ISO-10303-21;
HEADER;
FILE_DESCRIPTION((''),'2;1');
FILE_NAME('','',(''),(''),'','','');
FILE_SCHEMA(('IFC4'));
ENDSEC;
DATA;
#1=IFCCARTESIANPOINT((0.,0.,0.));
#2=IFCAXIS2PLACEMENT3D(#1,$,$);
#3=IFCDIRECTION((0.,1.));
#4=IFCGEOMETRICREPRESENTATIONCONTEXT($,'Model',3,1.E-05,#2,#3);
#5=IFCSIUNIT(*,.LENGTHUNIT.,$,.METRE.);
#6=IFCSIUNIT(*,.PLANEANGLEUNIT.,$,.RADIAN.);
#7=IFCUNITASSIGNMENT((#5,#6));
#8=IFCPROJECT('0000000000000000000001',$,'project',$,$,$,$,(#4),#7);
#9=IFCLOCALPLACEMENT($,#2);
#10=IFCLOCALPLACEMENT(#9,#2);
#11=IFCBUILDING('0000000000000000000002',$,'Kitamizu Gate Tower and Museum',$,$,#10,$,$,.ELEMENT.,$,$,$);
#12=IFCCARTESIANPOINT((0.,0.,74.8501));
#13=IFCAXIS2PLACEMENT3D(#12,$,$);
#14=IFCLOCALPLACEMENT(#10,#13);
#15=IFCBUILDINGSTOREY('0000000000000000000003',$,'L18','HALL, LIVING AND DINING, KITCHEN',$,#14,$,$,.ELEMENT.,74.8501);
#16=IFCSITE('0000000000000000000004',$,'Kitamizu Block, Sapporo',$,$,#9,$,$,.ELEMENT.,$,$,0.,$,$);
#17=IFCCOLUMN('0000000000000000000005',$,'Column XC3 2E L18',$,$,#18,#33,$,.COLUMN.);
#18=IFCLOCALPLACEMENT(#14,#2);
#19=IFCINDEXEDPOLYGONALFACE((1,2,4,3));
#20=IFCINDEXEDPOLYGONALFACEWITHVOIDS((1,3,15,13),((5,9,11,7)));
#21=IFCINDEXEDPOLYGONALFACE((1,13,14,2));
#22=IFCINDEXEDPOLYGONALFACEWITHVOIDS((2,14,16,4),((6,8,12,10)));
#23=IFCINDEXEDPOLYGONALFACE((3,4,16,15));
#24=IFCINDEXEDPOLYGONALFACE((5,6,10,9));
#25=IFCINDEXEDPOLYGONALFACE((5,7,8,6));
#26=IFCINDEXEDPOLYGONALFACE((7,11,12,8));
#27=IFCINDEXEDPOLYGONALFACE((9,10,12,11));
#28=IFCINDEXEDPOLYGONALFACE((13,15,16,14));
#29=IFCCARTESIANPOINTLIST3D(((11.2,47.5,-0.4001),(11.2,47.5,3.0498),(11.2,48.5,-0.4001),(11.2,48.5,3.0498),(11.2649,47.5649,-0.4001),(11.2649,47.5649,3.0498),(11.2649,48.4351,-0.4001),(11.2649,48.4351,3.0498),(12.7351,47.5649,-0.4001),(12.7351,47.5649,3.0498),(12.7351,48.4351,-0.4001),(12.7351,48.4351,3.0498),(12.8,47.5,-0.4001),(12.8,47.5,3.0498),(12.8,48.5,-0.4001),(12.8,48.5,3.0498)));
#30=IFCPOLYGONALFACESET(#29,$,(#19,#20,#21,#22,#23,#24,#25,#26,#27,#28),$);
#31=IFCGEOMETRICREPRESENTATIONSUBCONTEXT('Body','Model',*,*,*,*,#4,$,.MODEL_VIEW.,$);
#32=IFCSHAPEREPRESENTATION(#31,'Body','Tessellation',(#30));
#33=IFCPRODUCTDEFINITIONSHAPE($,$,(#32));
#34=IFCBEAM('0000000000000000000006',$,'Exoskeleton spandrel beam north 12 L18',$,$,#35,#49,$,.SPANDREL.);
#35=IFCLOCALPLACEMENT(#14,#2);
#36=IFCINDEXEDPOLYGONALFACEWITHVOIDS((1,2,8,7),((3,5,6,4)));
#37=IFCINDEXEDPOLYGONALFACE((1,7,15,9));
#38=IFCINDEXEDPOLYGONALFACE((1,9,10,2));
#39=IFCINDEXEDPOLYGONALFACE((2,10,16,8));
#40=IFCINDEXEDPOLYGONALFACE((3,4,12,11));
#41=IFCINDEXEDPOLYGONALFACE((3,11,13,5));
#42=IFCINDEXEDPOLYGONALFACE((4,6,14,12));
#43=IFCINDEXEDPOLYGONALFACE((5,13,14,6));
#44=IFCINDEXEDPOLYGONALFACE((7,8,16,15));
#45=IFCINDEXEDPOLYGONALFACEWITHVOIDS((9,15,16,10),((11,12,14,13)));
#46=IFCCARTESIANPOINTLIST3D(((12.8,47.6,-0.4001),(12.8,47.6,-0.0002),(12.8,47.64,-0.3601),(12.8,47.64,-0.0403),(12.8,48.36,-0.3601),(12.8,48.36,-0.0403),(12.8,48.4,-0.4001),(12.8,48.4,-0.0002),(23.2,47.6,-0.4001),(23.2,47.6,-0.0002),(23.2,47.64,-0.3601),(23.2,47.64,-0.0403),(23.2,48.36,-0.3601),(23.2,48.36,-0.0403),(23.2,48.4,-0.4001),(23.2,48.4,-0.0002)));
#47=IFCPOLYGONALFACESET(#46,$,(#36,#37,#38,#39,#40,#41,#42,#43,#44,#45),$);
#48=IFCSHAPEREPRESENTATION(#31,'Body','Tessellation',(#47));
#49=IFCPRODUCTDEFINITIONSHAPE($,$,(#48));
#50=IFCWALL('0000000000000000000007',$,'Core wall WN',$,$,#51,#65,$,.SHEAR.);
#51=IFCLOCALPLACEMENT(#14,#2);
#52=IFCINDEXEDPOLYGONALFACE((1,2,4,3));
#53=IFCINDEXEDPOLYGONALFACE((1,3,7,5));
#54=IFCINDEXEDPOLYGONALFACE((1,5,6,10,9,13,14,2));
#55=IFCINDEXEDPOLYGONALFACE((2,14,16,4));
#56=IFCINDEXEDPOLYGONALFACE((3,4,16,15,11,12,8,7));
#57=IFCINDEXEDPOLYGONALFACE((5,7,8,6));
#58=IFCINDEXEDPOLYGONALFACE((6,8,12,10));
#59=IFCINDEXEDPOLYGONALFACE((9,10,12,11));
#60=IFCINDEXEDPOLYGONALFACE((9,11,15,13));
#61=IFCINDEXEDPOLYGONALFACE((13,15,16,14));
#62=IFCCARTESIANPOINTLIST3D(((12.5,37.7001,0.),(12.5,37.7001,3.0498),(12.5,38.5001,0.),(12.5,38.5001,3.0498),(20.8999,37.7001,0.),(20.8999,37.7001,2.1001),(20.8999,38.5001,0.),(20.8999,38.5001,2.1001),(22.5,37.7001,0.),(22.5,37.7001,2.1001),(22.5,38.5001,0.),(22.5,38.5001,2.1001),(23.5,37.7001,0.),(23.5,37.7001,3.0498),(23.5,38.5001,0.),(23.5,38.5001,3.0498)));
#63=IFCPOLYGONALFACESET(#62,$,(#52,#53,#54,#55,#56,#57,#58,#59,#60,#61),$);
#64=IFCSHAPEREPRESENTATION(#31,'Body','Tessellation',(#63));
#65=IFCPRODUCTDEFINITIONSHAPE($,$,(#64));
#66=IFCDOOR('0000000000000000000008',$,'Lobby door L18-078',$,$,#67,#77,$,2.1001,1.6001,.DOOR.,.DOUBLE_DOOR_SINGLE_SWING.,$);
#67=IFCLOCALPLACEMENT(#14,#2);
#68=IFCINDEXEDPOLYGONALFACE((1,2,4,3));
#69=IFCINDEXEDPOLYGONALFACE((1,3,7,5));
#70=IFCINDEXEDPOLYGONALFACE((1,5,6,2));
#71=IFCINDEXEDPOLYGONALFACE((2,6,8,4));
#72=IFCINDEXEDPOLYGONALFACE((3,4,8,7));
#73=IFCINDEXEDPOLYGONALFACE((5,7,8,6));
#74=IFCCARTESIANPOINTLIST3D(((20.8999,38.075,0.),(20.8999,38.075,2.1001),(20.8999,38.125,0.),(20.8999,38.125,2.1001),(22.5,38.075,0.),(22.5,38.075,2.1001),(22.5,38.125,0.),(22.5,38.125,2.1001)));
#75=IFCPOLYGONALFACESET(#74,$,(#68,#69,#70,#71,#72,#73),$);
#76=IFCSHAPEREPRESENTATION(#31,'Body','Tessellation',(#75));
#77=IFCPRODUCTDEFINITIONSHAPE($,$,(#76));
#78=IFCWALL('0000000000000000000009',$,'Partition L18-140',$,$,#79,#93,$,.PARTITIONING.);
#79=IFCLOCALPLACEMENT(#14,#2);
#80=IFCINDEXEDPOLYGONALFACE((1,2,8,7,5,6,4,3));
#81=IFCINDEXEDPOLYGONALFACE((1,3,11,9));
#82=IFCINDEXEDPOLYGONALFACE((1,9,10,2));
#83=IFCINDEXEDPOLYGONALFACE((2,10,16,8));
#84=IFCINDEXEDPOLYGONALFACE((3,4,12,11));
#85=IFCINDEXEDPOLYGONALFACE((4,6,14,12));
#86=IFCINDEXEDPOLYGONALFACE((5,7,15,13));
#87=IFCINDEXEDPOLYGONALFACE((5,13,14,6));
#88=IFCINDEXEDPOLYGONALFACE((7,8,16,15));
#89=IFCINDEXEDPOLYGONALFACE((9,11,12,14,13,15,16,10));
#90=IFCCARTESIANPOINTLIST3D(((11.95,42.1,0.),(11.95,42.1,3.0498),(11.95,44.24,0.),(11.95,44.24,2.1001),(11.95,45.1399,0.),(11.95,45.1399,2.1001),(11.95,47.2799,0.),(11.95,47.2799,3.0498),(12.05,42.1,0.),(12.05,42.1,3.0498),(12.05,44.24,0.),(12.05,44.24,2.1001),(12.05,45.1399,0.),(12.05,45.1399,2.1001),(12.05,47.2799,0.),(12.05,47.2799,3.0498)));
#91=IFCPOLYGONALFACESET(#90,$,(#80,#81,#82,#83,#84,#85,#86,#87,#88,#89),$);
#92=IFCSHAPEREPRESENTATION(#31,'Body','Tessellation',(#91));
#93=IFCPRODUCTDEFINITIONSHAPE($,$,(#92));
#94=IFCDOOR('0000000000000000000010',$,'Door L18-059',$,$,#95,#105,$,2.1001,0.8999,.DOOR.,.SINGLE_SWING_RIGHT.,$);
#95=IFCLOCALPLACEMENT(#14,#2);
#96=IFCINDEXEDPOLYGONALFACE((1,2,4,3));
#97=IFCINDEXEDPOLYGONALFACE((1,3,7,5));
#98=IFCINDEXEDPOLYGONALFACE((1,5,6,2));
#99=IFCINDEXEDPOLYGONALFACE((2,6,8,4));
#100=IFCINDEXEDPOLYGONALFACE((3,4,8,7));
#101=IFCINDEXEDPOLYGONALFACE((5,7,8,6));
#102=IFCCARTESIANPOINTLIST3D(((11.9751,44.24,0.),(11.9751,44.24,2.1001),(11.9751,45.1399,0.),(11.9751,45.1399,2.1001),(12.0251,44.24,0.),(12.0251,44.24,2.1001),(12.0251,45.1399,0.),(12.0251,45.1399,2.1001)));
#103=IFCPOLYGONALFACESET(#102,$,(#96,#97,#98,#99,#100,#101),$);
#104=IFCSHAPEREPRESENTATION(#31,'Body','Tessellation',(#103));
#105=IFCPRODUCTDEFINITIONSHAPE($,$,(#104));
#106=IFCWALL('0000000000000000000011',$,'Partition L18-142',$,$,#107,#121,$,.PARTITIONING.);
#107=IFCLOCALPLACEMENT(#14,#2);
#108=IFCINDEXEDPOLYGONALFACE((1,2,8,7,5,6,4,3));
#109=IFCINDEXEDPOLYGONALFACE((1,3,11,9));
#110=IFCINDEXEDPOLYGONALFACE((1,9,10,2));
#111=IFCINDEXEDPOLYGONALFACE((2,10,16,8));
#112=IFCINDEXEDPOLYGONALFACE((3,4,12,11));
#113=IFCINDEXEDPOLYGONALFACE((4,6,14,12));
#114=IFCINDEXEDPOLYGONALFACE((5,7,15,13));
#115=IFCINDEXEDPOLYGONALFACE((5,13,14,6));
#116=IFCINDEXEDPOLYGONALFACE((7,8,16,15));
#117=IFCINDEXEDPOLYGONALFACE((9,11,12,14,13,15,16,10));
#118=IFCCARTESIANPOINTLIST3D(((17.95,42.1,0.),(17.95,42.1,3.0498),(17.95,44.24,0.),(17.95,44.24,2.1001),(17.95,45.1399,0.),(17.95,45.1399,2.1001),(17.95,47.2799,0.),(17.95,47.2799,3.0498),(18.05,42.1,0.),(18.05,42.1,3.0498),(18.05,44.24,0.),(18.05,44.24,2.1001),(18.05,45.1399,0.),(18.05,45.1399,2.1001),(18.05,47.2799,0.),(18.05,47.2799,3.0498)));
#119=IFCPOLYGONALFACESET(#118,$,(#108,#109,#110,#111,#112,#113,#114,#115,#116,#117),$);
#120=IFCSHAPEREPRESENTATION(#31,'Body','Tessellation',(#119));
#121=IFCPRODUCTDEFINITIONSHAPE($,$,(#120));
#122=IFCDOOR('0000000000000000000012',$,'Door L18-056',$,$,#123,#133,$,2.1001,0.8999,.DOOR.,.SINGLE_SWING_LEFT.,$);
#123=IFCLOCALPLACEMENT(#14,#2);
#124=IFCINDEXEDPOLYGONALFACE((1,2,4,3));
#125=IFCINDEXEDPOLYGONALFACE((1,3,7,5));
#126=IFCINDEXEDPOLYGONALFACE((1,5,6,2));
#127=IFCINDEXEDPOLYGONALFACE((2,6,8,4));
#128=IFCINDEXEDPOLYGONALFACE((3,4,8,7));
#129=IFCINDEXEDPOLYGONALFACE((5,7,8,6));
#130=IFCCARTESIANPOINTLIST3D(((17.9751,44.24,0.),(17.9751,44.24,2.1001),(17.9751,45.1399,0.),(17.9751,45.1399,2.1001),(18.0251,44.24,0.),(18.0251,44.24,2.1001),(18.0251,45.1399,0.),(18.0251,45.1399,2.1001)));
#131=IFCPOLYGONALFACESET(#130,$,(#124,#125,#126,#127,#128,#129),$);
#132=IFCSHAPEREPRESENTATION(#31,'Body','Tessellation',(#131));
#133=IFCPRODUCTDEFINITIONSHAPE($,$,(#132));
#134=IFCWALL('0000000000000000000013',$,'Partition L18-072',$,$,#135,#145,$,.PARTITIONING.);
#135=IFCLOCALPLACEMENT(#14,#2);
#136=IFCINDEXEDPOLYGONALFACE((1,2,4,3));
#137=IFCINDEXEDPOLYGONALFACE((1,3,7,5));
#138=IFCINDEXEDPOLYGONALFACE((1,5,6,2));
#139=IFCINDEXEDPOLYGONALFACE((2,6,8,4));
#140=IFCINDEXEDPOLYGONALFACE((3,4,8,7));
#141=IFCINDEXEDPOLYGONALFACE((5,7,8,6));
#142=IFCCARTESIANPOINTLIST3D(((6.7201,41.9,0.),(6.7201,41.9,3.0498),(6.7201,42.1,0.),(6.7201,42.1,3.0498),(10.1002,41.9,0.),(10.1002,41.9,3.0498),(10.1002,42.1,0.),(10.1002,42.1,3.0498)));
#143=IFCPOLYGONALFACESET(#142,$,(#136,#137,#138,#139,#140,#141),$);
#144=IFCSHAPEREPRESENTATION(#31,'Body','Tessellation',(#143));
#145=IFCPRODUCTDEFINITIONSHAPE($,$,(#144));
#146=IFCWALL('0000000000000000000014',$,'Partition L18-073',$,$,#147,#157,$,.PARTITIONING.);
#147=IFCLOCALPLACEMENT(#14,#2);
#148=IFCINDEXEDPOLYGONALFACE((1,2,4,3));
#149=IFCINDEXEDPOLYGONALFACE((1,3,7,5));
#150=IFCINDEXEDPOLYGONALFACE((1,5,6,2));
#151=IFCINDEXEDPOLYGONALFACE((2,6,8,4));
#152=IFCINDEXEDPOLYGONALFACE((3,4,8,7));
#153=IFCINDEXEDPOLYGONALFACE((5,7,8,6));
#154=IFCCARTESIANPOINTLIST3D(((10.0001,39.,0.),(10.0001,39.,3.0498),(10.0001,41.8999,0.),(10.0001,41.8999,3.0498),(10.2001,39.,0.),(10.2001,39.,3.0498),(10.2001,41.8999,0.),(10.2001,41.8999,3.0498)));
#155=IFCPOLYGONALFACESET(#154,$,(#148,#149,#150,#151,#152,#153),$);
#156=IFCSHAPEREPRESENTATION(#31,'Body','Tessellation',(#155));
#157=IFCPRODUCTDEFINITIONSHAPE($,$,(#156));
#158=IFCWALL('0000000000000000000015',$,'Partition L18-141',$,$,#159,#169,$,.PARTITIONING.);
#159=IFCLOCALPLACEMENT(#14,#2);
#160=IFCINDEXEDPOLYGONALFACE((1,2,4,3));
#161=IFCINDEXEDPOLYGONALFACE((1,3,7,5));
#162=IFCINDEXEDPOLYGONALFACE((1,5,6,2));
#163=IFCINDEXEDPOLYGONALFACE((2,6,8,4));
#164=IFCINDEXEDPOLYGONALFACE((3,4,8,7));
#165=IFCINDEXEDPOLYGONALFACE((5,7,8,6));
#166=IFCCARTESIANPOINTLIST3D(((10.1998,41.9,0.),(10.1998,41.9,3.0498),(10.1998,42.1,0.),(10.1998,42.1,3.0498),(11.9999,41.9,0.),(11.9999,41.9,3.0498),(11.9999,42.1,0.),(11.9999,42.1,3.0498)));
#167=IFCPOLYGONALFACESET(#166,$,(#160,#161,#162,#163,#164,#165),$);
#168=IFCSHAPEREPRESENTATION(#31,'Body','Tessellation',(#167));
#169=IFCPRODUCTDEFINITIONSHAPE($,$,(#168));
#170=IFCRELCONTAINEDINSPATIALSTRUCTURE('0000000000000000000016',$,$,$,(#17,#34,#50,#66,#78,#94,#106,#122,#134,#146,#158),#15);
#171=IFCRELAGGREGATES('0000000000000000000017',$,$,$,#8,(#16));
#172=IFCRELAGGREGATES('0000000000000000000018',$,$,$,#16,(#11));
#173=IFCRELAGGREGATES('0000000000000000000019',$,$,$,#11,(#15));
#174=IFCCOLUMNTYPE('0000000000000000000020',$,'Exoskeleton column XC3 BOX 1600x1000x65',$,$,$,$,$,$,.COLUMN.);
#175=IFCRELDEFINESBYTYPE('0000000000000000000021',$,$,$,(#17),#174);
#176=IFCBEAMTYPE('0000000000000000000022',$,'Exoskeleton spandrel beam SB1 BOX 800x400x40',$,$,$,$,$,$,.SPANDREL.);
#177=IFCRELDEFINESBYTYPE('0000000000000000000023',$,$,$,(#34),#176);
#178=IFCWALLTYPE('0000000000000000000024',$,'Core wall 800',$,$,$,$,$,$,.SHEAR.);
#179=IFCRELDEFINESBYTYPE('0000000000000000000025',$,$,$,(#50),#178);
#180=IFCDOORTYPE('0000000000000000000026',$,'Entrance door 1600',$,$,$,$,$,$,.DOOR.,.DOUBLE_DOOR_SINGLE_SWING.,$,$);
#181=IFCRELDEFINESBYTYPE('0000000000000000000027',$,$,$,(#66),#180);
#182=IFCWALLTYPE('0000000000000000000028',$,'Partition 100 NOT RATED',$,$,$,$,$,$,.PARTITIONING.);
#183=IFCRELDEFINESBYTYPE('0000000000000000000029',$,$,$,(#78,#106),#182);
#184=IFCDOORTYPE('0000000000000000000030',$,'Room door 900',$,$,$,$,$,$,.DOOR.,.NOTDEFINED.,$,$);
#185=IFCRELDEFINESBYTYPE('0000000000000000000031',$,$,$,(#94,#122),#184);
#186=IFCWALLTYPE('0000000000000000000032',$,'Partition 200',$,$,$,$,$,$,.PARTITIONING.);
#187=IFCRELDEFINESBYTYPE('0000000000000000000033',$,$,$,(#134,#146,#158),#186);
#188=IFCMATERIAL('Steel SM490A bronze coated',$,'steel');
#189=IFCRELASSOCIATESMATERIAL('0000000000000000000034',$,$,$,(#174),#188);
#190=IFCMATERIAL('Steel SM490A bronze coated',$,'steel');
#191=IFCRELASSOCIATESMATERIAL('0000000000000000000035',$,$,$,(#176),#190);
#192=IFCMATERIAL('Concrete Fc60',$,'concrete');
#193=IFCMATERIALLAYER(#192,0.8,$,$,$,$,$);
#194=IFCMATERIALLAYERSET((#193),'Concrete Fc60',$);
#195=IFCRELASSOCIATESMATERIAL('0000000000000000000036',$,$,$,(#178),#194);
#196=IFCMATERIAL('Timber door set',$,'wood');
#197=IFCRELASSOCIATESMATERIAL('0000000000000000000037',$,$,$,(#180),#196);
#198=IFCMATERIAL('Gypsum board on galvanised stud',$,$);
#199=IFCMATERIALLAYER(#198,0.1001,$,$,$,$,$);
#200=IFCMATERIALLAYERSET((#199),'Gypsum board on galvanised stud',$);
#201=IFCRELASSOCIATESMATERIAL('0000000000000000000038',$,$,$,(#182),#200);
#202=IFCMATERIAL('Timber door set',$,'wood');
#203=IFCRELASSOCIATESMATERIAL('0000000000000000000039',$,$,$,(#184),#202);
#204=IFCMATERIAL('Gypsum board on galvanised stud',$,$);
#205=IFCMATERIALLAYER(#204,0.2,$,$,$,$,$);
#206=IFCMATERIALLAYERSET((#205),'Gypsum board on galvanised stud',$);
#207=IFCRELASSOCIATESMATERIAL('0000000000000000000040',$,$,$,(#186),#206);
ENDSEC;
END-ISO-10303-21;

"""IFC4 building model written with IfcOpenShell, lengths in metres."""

from ifc_helpers import new_model, si_unit, direction, frame, frame_2d, origin, origin_2d, place, context, subcontext, project, spatial, rectangle, hollow_rectangle, extrude, material, layer, layer_set, material_profile, profile_set, type_object, element, fill, save


model = new_model("IFC4")

# Units and contexts
model_context = context("Model", 3, precision=1e-05, world=origin(), true_north=direction((0.0, 1.0)))
body_context = subcontext(model_context, "Body", "Model", "MODEL_VIEW")
ifc_project = project(units=[si_unit("LENGTHUNIT", "METRE"), si_unit("PLANEANGLEUNIT", "RADIAN")], contexts=[model_context])

# Site, building, storey
site_placement = place(None, origin())
site = spatial("IfcSite", under=ifc_project, at=site_placement, Name="Kitamizu Block, Sapporo", CompositionType="ELEMENT", RefElevation=0.0)
building_placement = place(site_placement, origin())
building = spatial("IfcBuilding", under=site, at=building_placement, Name="Kitamizu Gate Tower and Museum", CompositionType="ELEMENT")
storey_placement = place(building_placement, frame((0.0, 0.0, 74.8501)))
storey = spatial("IfcBuildingStorey", under=building, at=storey_placement, Name="L18", Description="HALL, LIVING AND DINING, KITCHEN", CompositionType="ELEMENT", Elevation=74.8501)

# Column
ifc_material_1 = material(Name="Steel SM490A bronze coated", Category="steel")
ifc_material_profile_1 = material_profile(ifc_material_1, hollow_rectangle(XDim=1.6001, YDim=1.0, WallThickness=0.0649, at=origin_2d()), Name="BOX 1600x1000x65")
ifc_profile_set_1 = profile_set([ifc_material_profile_1], Name="Steel SM490A bronze coated")
column_type = type_object("IfcColumnType", Name="Exoskeleton column XC3 BOX 1600x1000x65", PredefinedType="COLUMN", material=ifc_profile_set_1)
column_placement = place(storey_placement, frame((12.0, 48.0, -0.4001), z_axis=(0.0, 0.0, 1.0), x_axis=(1.0, 0.0, 0.0)))
element("IfcColumn", 1, at=column_placement, inside=storey, type_object=column_type, Name="Column XC3 2E L18", PredefinedType="COLUMN", context=body_context, shape_type="SweptSolid", body=[
    extrude(hollow_rectangle(XDim=1.6001, YDim=1.0, WallThickness=0.0649, at=origin_2d()), origin(), (0.0, 0.0, 1.0), 3.45),
])

# Beam
ifc_material_2 = material(Name="Steel SM490A bronze coated", Category="steel")
ifc_material_profile_2 = material_profile(ifc_material_2, hollow_rectangle(XDim=0.8, YDim=0.3999, WallThickness=0.04, at=origin_2d()), Name="BOX 800x400x40")
ifc_profile_set_2 = profile_set([ifc_material_profile_2], Name="Steel SM490A bronze coated")
beam_type = type_object("IfcBeamType", Name="Exoskeleton spandrel beam SB1 BOX 800x400x40", PredefinedType="SPANDREL", material=ifc_profile_set_2)
beam_placement = place(storey_placement, frame((12.8, 48.0, -0.2002), z_axis=(1.0, 0.0, 0.0), x_axis=(0.0, 1.0, 0.0)))
element("IfcBeam", 2, at=beam_placement, inside=storey, type_object=beam_type, Name="Exoskeleton spandrel beam north 12 L18", PredefinedType="SPANDREL", context=body_context, shape_type="SweptSolid", body=[
    extrude(hollow_rectangle(XDim=0.8, YDim=0.3999, WallThickness=0.04, at=origin_2d()), origin(), (0.0, 0.0, 1.0), 10.3999),
])

# Walls, openings, doors
ifc_material_3 = material(Name="Concrete Fc60", Category="concrete")
ifc_layer_1 = layer(ifc_material_3, 0.8)
ifc_layer_set_1 = layer_set([ifc_layer_1], Name="Concrete Fc60")
wall_type_1 = type_object("IfcWallType", Name="Core wall 800", PredefinedType="SHEAR", material=ifc_layer_set_1)
wall_1_placement = place(storey_placement, frame((12.5, 38.1001, 0.0), z_axis=(0.0, 0.0, 1.0), x_axis=(1.0, 0.0, 0.0)))
wall_1 = element("IfcWall", 3, at=wall_1_placement, inside=storey, type_object=wall_type_1, Name="Core wall WN", PredefinedType="SHEAR", context=body_context, shape_type="SweptSolid", body=[
    extrude(rectangle(XDim=11.0, YDim=0.8, at=frame_2d((5.5, 0.0))), origin(), (0.0, 0.0, 1.0), 3.0498),
])
opening_1_placement = place(wall_1_placement, frame((8.3999, 0.0, 0.0)))
opening_1 = element("IfcOpeningElement", 4, at=opening_1_placement, cuts=wall_1, PredefinedType="OPENING", context=body_context, shape_type="SweptSolid", body=[
    extrude(rectangle(XDim=1.6001, YDim=2.1001, at=frame_2d((0.8, 1.05))), frame((0.0, 0.4102, 0.0), z_axis=(0.0, -1.0, 0.0), x_axis=(1.0, 0.0, 0.0)), (0.0, 0.0, 1.0), 0.8201),
])
ifc_material_4 = material(Name="Timber door set", Category="wood")
door_type_1 = type_object("IfcDoorType", Name="Entrance door 1600", OperationType="DOUBLE_DOOR_SINGLE_SWING", PredefinedType="DOOR", material=ifc_material_4)
door_1_placement = place(opening_1_placement, origin())
door_1 = element("IfcDoor", 5, at=door_1_placement, inside=storey, type_object=door_type_1, Name="Lobby door L18-078", OperationType="DOUBLE_DOOR_SINGLE_SWING", OverallHeight=2.1001, OverallWidth=1.6001, PredefinedType="DOOR", context=body_context, shape_type="SweptSolid", body=[
    extrude(rectangle(XDim=1.6001, YDim=2.1001, at=frame_2d((0.8, 1.05))), frame((0.0, 0.0249, 0.0), z_axis=(0.0, -1.0, 0.0), x_axis=(1.0, 0.0, 0.0)), (0.0, 0.0, 1.0), 0.05),
])
fill(opening_1, door_1)
ifc_material_5 = material(Name="Gypsum board on galvanised stud")
ifc_layer_2 = layer(ifc_material_5, 0.1001)
ifc_layer_set_2 = layer_set([ifc_layer_2], Name="Gypsum board on galvanised stud")
wall_type_2 = type_object("IfcWallType", Name="Partition 100 NOT RATED", PredefinedType="PARTITIONING", material=ifc_layer_set_2)
wall_2_placement = place(storey_placement, frame((12.0, 42.1001, 0.0), z_axis=(0.0, 0.0, 1.0), x_axis=(0.0, 1.0, 0.0)))
wall_2 = element("IfcWall", 6, at=wall_2_placement, inside=storey, type_object=wall_type_2, Name="Partition L18-140", PredefinedType="PARTITIONING", context=body_context, shape_type="SweptSolid", body=[
    extrude(rectangle(XDim=5.1799, YDim=0.1001, at=frame_2d((2.5898, 0.0))), origin(), (0.0, 0.0, 1.0), 3.0498),
])
opening_2_placement = place(wall_2_placement, frame((2.1399, 0.0, 0.0)))
opening_2 = element("IfcOpeningElement", 7, at=opening_2_placement, cuts=wall_2, PredefinedType="OPENING", context=body_context, shape_type="SweptSolid", body=[
    extrude(rectangle(XDim=0.8999, YDim=2.1001, at=frame_2d((0.45, 1.05))), frame((0.0, 0.0601, 0.0), z_axis=(0.0, -1.0, 0.0), x_axis=(1.0, 0.0, 0.0)), (0.0, 0.0, 1.0), 0.1201),
])
ifc_material_6 = material(Name="Timber door set", Category="wood")
door_type_2 = type_object("IfcDoorType", Name="Room door 900", OperationType="NOTDEFINED", PredefinedType="DOOR", material=ifc_material_6)
door_2_placement = place(opening_2_placement, origin())
door_2 = element("IfcDoor", 8, at=door_2_placement, inside=storey, type_object=door_type_2, Name="Door L18-059", OperationType="SINGLE_SWING_RIGHT", OverallHeight=2.1001, OverallWidth=0.8999, PredefinedType="DOOR", context=body_context, shape_type="SweptSolid", body=[
    extrude(rectangle(XDim=0.8999, YDim=2.1001, at=frame_2d((0.45, 1.05))), frame((0.0, 0.0249, 0.0), z_axis=(0.0, -1.0, 0.0), x_axis=(1.0, 0.0, 0.0)), (0.0, 0.0, 1.0), 0.05),
])
fill(opening_2, door_2)
wall_3_placement = place(storey_placement, frame((18.0, 42.1001, 0.0), z_axis=(0.0, 0.0, 1.0), x_axis=(0.0, 1.0, 0.0)))
wall_3 = element("IfcWall", 9, at=wall_3_placement, inside=storey, type_object=wall_type_2, Name="Partition L18-142", PredefinedType="PARTITIONING", context=body_context, shape_type="SweptSolid", body=[
    extrude(rectangle(XDim=5.1799, YDim=0.1001, at=frame_2d((2.5898, 0.0))), origin(), (0.0, 0.0, 1.0), 3.0498),
])
opening_3_placement = place(wall_3_placement, frame((2.1399, 0.0, 0.0)))
opening_3 = element("IfcOpeningElement", 10, at=opening_3_placement, cuts=wall_3, PredefinedType="OPENING", context=body_context, shape_type="SweptSolid", body=[
    extrude(rectangle(XDim=0.8999, YDim=2.1001, at=frame_2d((0.45, 1.05))), frame((0.0, 0.0601, 0.0), z_axis=(0.0, -1.0, 0.0), x_axis=(1.0, 0.0, 0.0)), (0.0, 0.0, 1.0), 0.1201),
])
door_3_placement = place(opening_3_placement, origin())
door_3 = element("IfcDoor", 11, at=door_3_placement, inside=storey, type_object=door_type_2, Name="Door L18-056", OperationType="SINGLE_SWING_LEFT", OverallHeight=2.1001, OverallWidth=0.8999, PredefinedType="DOOR", context=body_context, shape_type="SweptSolid", body=[
    extrude(rectangle(XDim=0.8999, YDim=2.1001, at=frame_2d((0.45, 1.05))), frame((0.0, 0.0249, 0.0), z_axis=(0.0, -1.0, 0.0), x_axis=(1.0, 0.0, 0.0)), (0.0, 0.0, 1.0), 0.05),
])
fill(opening_3, door_3)

# Walls
ifc_material_7 = material(Name="Gypsum board on galvanised stud")
ifc_layer_3 = layer(ifc_material_7, 0.2)
ifc_layer_set_3 = layer_set([ifc_layer_3], Name="Gypsum board on galvanised stud")
wall_type_3 = type_object("IfcWallType", Name="Partition 200", PredefinedType="PARTITIONING", material=ifc_layer_set_3)
wall_4_placement = place(storey_placement, frame((10.1001, 42.0, 0.0), z_axis=(0.0, 0.0, 1.0), x_axis=(-1.0, 0.0, 0.0)))
element("IfcWall", 12, at=wall_4_placement, inside=storey, type_object=wall_type_3, Name="Partition L18-072", PredefinedType="PARTITIONING", context=body_context, shape_type="SweptSolid", body=[
    extrude(rectangle(XDim=3.3801, YDim=0.2, at=frame_2d((1.6899, 0.0))), origin(), (0.0, 0.0, 1.0), 3.0498),
])
wall_5_placement = place(storey_placement, frame((10.1001, 39.0, 0.0), z_axis=(0.0, 0.0, 1.0), x_axis=(0.0, 1.0, 0.0)))
element("IfcWall", 13, at=wall_5_placement, inside=storey, type_object=wall_type_3, Name="Partition L18-073", PredefinedType="PARTITIONING", context=body_context, shape_type="SweptSolid", body=[
    extrude(rectangle(XDim=2.8999, YDim=0.2, at=frame_2d((1.45, 0.0))), origin(), (0.0, 0.0, 1.0), 3.0498),
])
wall_6_placement = place(storey_placement, frame((10.2, 42.0, 0.0), z_axis=(0.0, 0.0, 1.0), x_axis=(1.0, 0.0, 0.0)))
element("IfcWall", 14, at=wall_6_placement, inside=storey, type_object=wall_type_3, Name="Partition L18-141", PredefinedType="PARTITIONING", context=body_context, shape_type="SweptSolid", body=[
    extrude(rectangle(XDim=1.8, YDim=0.2, at=frame_2d((0.8999, 0.0))), origin(), (0.0, 0.0, 1.0), 3.0498),
])

save(model, "model.ifc")
